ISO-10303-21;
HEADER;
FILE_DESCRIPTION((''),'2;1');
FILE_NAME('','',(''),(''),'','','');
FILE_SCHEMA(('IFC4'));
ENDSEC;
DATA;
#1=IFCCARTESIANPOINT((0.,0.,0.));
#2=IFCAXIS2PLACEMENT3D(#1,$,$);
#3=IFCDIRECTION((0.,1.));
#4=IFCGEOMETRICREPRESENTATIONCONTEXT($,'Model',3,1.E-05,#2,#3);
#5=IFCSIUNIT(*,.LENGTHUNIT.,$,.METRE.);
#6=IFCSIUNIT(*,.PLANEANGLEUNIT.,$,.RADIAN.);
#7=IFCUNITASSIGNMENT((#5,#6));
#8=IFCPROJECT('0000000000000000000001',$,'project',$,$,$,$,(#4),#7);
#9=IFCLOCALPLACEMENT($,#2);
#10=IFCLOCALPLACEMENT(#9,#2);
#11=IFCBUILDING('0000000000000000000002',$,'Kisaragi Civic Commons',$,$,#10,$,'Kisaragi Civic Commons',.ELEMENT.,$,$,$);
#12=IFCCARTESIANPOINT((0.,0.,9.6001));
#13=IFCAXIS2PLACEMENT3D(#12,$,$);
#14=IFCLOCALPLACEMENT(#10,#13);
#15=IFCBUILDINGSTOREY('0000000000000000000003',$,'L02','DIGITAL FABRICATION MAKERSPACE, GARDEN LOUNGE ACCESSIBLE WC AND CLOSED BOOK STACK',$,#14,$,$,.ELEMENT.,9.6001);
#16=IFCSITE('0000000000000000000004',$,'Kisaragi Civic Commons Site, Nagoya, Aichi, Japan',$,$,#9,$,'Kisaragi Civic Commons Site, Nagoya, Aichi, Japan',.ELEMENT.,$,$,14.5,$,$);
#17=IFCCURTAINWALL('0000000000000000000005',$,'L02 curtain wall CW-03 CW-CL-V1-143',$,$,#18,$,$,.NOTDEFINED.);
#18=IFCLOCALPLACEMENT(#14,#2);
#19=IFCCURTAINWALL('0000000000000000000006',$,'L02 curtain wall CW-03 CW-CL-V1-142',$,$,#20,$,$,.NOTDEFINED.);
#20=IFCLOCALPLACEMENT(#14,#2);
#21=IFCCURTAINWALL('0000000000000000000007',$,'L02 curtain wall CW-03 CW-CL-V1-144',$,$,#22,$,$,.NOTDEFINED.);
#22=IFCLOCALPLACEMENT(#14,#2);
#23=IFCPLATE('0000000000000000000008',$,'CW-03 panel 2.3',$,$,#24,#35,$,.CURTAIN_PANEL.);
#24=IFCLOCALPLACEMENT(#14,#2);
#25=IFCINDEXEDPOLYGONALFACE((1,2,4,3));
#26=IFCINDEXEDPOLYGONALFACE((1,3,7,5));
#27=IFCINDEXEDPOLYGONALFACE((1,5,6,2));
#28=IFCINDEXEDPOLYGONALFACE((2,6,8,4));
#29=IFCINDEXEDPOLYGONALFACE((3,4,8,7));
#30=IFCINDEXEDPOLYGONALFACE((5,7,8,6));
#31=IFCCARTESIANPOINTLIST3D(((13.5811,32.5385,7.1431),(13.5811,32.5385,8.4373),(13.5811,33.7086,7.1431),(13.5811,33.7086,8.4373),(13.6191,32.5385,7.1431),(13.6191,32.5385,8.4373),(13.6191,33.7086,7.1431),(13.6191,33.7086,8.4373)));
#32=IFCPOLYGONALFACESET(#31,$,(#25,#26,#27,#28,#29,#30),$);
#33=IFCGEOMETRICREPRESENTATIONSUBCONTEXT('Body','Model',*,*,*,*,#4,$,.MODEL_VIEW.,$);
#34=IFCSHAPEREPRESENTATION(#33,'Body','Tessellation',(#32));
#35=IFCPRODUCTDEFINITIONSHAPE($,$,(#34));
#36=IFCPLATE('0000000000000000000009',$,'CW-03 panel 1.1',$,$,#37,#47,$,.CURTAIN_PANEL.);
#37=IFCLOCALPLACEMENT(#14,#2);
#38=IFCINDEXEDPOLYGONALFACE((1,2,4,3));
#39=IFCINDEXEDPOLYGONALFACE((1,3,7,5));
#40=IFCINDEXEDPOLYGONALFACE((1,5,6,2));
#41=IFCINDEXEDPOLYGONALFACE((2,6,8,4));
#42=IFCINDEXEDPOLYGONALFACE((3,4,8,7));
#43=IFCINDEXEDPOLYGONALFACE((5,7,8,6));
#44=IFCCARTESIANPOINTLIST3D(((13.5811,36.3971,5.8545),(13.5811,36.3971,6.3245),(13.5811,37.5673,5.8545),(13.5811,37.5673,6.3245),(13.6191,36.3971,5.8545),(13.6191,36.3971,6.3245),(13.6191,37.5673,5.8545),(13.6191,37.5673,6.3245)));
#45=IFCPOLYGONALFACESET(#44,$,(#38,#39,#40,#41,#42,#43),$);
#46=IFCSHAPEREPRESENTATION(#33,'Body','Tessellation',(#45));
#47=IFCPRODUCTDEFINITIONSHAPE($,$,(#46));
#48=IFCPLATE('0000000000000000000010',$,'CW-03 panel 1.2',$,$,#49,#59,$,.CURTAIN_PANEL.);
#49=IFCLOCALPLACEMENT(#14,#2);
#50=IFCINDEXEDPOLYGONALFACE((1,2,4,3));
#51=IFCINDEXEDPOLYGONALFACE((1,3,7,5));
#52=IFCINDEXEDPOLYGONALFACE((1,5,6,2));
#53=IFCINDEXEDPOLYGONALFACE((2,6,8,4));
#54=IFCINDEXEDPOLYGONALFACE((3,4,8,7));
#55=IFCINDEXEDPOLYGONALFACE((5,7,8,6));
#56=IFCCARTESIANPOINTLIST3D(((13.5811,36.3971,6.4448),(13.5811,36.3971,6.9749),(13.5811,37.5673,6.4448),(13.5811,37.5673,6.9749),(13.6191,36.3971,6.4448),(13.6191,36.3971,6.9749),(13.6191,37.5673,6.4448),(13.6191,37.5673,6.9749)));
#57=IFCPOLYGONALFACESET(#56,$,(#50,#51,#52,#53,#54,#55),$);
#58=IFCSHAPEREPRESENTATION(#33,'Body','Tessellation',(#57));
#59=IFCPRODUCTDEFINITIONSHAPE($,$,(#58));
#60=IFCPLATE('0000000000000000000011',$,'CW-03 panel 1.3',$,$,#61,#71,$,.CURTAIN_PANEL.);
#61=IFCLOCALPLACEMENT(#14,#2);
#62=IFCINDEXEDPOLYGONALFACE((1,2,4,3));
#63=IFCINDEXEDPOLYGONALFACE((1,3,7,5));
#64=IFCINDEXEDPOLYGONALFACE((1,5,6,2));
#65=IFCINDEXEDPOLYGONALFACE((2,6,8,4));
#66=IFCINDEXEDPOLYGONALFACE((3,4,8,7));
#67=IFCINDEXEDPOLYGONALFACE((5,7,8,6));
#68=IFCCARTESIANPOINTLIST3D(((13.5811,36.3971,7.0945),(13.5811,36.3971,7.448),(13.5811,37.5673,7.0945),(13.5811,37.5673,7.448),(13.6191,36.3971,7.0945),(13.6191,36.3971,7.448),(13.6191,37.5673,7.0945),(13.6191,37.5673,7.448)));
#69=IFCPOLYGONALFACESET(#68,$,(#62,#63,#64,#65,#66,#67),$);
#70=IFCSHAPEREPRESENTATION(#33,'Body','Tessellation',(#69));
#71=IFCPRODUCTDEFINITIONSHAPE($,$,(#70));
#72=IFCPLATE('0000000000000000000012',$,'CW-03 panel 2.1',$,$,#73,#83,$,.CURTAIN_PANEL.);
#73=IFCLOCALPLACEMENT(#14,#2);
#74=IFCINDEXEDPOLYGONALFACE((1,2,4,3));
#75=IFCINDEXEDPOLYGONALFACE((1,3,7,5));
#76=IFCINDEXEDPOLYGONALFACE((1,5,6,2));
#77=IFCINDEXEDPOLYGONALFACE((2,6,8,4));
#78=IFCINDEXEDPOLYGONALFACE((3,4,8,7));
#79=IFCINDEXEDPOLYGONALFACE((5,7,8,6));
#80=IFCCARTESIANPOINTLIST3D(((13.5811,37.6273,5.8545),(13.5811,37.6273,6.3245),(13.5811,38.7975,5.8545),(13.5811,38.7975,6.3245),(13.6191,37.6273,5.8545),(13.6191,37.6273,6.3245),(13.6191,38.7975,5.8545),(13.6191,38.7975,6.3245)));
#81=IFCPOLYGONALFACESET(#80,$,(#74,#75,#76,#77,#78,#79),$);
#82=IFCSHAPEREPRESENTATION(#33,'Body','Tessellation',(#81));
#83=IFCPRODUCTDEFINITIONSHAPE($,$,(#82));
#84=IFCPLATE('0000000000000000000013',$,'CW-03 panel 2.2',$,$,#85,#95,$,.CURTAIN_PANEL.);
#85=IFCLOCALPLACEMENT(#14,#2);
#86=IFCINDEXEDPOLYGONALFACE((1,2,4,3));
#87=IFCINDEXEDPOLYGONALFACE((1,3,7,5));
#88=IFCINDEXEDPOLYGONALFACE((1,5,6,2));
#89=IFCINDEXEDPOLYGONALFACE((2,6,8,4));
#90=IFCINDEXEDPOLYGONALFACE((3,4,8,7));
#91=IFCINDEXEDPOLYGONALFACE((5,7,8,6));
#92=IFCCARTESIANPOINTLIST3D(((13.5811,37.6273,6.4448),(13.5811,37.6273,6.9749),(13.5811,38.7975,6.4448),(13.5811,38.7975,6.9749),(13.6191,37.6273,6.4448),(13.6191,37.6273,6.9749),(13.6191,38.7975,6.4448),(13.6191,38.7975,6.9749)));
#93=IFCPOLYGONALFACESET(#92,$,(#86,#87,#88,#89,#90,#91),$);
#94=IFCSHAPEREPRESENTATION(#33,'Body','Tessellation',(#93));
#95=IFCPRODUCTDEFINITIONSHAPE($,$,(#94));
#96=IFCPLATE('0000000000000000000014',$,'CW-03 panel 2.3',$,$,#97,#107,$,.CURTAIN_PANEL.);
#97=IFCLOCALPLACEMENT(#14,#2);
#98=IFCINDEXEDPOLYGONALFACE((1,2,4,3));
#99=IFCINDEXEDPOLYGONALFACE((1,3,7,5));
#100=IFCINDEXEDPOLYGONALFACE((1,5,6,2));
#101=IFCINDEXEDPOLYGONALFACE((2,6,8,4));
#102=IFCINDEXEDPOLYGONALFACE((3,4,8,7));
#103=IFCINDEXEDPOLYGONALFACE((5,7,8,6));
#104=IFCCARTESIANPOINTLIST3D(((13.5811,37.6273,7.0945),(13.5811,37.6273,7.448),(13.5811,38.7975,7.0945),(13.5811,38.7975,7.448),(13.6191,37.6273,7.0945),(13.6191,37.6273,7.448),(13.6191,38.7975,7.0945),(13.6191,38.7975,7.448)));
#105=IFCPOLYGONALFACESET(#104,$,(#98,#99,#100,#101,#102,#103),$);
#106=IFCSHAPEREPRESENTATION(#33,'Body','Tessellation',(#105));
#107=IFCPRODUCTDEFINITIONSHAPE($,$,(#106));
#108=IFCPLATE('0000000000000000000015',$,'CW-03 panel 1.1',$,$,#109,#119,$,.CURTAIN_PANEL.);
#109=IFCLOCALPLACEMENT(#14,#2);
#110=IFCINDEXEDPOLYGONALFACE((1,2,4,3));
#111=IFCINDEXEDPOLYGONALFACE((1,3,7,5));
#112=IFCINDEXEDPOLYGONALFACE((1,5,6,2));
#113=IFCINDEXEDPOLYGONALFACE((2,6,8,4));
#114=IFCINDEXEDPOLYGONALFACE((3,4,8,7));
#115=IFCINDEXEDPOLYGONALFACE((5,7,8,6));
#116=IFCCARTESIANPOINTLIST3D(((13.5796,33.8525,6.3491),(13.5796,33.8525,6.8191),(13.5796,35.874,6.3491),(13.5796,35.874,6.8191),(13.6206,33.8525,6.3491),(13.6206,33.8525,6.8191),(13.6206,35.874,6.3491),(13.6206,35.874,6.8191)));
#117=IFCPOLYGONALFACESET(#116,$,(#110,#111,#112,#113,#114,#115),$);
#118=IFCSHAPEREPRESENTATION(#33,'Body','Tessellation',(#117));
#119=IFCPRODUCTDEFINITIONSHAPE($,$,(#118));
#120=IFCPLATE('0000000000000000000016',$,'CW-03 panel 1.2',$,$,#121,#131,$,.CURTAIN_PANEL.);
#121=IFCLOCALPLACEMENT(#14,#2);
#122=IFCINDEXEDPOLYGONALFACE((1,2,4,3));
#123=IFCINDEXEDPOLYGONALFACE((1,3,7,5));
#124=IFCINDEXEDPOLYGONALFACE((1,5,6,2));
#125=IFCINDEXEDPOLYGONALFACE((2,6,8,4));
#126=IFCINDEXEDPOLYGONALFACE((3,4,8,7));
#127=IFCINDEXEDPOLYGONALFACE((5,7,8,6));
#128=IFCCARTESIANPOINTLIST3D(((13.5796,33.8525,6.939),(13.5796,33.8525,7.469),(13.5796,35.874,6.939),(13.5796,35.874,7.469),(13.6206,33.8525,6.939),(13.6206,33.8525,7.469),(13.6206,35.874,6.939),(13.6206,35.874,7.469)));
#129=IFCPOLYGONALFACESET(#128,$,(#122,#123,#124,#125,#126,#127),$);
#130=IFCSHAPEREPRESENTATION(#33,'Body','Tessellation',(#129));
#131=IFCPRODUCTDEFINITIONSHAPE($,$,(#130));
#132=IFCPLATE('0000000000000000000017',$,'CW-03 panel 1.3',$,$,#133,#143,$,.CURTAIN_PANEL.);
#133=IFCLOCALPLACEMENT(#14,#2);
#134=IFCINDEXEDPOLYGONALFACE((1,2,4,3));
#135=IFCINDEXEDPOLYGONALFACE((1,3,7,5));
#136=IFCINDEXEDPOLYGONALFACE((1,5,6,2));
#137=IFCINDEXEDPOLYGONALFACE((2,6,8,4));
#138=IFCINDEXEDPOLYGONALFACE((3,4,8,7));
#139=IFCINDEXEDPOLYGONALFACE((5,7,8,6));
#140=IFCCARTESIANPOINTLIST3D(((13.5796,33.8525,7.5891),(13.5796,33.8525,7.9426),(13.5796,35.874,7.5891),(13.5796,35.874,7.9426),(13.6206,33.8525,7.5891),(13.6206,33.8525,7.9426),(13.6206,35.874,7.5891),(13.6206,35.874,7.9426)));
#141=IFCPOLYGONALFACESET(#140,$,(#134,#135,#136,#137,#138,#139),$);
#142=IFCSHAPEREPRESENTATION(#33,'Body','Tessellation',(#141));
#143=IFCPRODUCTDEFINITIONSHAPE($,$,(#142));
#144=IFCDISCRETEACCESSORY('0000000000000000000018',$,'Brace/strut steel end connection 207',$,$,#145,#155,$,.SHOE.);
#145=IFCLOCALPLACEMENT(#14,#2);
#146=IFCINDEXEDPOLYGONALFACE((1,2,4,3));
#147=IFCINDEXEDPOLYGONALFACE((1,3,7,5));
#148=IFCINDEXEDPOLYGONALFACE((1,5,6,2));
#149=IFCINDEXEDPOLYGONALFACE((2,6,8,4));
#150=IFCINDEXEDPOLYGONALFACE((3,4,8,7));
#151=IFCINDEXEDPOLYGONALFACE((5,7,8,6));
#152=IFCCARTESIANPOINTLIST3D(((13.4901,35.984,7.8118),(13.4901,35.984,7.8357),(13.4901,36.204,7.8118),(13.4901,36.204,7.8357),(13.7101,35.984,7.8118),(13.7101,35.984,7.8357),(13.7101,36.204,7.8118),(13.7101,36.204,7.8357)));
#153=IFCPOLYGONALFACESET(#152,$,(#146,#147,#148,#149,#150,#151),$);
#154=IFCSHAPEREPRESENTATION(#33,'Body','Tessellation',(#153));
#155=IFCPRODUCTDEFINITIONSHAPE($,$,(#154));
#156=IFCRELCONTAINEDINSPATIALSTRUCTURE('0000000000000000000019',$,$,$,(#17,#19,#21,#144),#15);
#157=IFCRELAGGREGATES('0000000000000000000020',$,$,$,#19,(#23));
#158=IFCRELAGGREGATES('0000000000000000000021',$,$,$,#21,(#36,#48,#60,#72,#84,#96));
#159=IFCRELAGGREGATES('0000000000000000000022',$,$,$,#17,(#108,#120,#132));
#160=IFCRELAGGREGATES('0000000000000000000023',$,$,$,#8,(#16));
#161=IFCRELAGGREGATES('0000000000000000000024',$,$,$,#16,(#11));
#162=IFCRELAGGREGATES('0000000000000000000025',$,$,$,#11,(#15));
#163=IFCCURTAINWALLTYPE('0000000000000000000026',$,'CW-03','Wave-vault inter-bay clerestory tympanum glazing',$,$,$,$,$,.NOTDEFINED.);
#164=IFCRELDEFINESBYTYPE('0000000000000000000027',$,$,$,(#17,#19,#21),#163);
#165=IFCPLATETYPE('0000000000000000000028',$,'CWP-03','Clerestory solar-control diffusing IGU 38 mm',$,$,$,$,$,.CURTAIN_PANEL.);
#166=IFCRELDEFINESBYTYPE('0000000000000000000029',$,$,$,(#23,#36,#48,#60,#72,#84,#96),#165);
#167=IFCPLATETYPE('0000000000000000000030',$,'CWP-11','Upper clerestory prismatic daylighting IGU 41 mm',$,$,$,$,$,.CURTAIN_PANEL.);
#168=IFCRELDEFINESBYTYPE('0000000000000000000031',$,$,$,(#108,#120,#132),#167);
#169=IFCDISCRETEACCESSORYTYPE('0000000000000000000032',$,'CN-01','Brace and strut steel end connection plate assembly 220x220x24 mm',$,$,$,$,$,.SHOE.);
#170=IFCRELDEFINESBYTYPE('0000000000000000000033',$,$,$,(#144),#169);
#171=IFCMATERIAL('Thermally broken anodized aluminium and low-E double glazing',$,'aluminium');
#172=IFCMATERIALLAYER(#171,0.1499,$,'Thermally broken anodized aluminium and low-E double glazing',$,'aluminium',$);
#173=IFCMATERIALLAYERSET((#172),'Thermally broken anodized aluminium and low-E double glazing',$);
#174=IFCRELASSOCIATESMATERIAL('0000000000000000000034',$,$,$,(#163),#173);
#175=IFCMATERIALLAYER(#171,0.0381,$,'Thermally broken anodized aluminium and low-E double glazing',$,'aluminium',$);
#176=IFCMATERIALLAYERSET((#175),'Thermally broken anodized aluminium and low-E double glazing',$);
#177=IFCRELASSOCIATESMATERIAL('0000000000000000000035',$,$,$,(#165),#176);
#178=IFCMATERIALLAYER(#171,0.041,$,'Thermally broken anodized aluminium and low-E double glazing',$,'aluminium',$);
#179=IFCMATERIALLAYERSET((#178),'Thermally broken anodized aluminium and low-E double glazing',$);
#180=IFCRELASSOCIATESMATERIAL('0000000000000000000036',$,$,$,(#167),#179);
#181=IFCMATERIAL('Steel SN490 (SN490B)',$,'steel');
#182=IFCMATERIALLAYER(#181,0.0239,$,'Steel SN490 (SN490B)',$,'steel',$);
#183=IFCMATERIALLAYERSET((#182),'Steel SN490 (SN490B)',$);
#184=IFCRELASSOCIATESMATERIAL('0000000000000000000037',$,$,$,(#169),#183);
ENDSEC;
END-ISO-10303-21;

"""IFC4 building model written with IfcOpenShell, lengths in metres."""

from ifc_helpers import new_model, si_unit, direction, frame, origin, origin_2d, place, context, subcontext, project, spatial, rectangle, extrude, material, layer, layer_set, type_object, element, aggregate, save


model = new_model("IFC4")

# Units and contexts
model_context = context("Model", 3, precision=1e-05, world=origin(), true_north=direction((0.0, 1.0)))
body_context = subcontext(model_context, "Body", "Model", "MODEL_VIEW")
ifc_project = project(units=[si_unit("LENGTHUNIT", "METRE"), si_unit("PLANEANGLEUNIT", "RADIAN")], contexts=[model_context])

# Site, building, storey
site_placement = place(None, origin())
site = spatial("IfcSite", under=ifc_project, at=site_placement, Name="Kisaragi Civic Commons Site, Nagoya, Aichi, Japan", LongName="Kisaragi Civic Commons Site, Nagoya, Aichi, Japan", CompositionType="ELEMENT", RefElevation=14.5)
building_placement = place(site_placement, origin())
building = spatial("IfcBuilding", under=site, at=building_placement, Name="Kisaragi Civic Commons", LongName="Kisaragi Civic Commons", CompositionType="ELEMENT")
storey_placement = place(building_placement, frame((0.0, 0.0, 9.6001)))
storey = spatial("IfcBuildingStorey", under=building, at=storey_placement, Name="L02", Description="DIGITAL FABRICATION MAKERSPACE, GARDEN LOUNGE ACCESSIBLE WC AND CLOSED BOOK STACK", CompositionType="ELEMENT", Elevation=9.6001)

# Curtain walls
ifc_material_1 = material(Name="Thermally broken anodized aluminium and low-E double glazing", Category="aluminium")
ifc_layer_1 = layer(ifc_material_1, 0.1499, Name="Thermally broken anodized aluminium and low-E double glazing", Category="aluminium")
ifc_layer_set_1 = layer_set([ifc_layer_1], Name="Thermally broken anodized aluminium and low-E double glazing")
curtain_wall_type = type_object("IfcCurtainWallType", Name="CW-03", Description="Wave-vault inter-bay clerestory tympanum glazing", PredefinedType="NOTDEFINED", material=ifc_layer_set_1)
curtain_wall_1_placement = place(storey_placement, origin())
curtain_wall_1 = element("IfcCurtainWall", 1, at=curtain_wall_1_placement, inside=storey, type_object=curtain_wall_type, Name="L02 curtain wall CW-03 CW-CL-V1-143", PredefinedType="NOTDEFINED")
curtain_wall_2_placement = place(storey_placement, origin())
curtain_wall_2 = element("IfcCurtainWall", 2, at=curtain_wall_2_placement, inside=storey, type_object=curtain_wall_type, Name="L02 curtain wall CW-03 CW-CL-V1-142", PredefinedType="NOTDEFINED")

# Curtain wall
curtain_wall_3_placement = place(storey_placement, origin())
curtain_wall_3 = element("IfcCurtainWall", 3, at=curtain_wall_3_placement, inside=storey, type_object=curtain_wall_type, Name="L02 curtain wall CW-03 CW-CL-V1-144", PredefinedType="NOTDEFINED")

# Plates
ifc_layer_2 = layer(ifc_material_1, 0.0381, Name="Thermally broken anodized aluminium and low-E double glazing", Category="aluminium")
ifc_layer_set_2 = layer_set([ifc_layer_2], Name="Thermally broken anodized aluminium and low-E double glazing")
plate_type_1 = type_object("IfcPlateType", Name="CWP-03", Description="Clerestory solar-control diffusing IGU 38 mm", PredefinedType="CURTAIN_PANEL", material=ifc_layer_set_2)
plate_1_placement = place(storey_placement, frame((13.6001, 33.1235, 7.1431), z_axis=(0.0, 0.0, 1.0), x_axis=(0.0, 1.0, 0.0)))
plate_1 = element("IfcPlate", 4, at=plate_1_placement, type_object=plate_type_1, Name="CW-03 panel 2.3", PredefinedType="CURTAIN_PANEL", context=body_context, shape_type="SweptSolid", body=[
    extrude(rectangle(XDim=1.1702, YDim=0.0381, at=origin_2d()), origin(), (0.0, 0.0, 1.0), 1.2942),
])
aggregate(curtain_wall_2, [plate_1])
plate_2_placement = place(storey_placement, frame((13.6001, 36.9822, 5.8545), z_axis=(0.0, 0.0, 1.0), x_axis=(0.0, 1.0, 0.0)))
plate_2 = element("IfcPlate", 5, at=plate_2_placement, type_object=plate_type_1, Name="CW-03 panel 1.1", PredefinedType="CURTAIN_PANEL", context=body_context, shape_type="SweptSolid", body=[
    extrude(rectangle(XDim=1.1702, YDim=0.0381, at=origin_2d()), origin(), (0.0, 0.0, 1.0), 0.47),
])
plate_3_placement = place(storey_placement, frame((13.6001, 36.9822, 6.4448), z_axis=(0.0, 0.0, 1.0), x_axis=(0.0, 1.0, 0.0)))
plate_3 = element("IfcPlate", 6, at=plate_3_placement, type_object=plate_type_1, Name="CW-03 panel 1.2", PredefinedType="CURTAIN_PANEL", context=body_context, shape_type="SweptSolid", body=[
    extrude(rectangle(XDim=1.1702, YDim=0.0381, at=origin_2d()), origin(), (0.0, 0.0, 1.0), 0.53),
])
plate_4_placement = place(storey_placement, frame((13.6001, 36.9822, 7.0945), z_axis=(0.0, 0.0, 1.0), x_axis=(0.0, 1.0, 0.0)))
plate_4 = element("IfcPlate", 7, at=plate_4_placement, type_object=plate_type_1, Name="CW-03 panel 1.3", PredefinedType="CURTAIN_PANEL", context=body_context, shape_type="SweptSolid", body=[
    extrude(rectangle(XDim=1.1702, YDim=0.0381, at=origin_2d()), origin(), (0.0, 0.0, 1.0), 0.3535),
])
plate_5_placement = place(storey_placement, frame((13.6001, 38.2124, 5.8545), z_axis=(0.0, 0.0, 1.0), x_axis=(0.0, 1.0, 0.0)))
plate_5 = element("IfcPlate", 8, at=plate_5_placement, type_object=plate_type_1, Name="CW-03 panel 2.1", PredefinedType="CURTAIN_PANEL", context=body_context, shape_type="SweptSolid", body=[
    extrude(rectangle(XDim=1.1702, YDim=0.0381, at=origin_2d()), origin(), (0.0, 0.0, 1.0), 0.47),
])
plate_6_placement = place(storey_placement, frame((13.6001, 38.2124, 6.4448), z_axis=(0.0, 0.0, 1.0), x_axis=(0.0, 1.0, 0.0)))
plate_6 = element("IfcPlate", 9, at=plate_6_placement, type_object=plate_type_1, Name="CW-03 panel 2.2", PredefinedType="CURTAIN_PANEL", context=body_context, shape_type="SweptSolid", body=[
    extrude(rectangle(XDim=1.1702, YDim=0.0381, at=origin_2d()), origin(), (0.0, 0.0, 1.0), 0.53),
])
plate_7_placement = place(storey_placement, frame((13.6001, 38.2124, 7.0945), z_axis=(0.0, 0.0, 1.0), x_axis=(0.0, 1.0, 0.0)))
plate_7 = element("IfcPlate", 10, at=plate_7_placement, type_object=plate_type_1, Name="CW-03 panel 2.3", PredefinedType="CURTAIN_PANEL", context=body_context, shape_type="SweptSolid", body=[
    extrude(rectangle(XDim=1.1702, YDim=0.0381, at=origin_2d()), origin(), (0.0, 0.0, 1.0), 0.3535),
])
aggregate(curtain_wall_3, [plate_2, plate_3, plate_4, plate_5, plate_6, plate_7])
ifc_layer_3 = layer(ifc_material_1, 0.041, Name="Thermally broken anodized aluminium and low-E double glazing", Category="aluminium")
ifc_layer_set_3 = layer_set([ifc_layer_3], Name="Thermally broken anodized aluminium and low-E double glazing")
plate_type_2 = type_object("IfcPlateType", Name="CWP-11", Description="Upper clerestory prismatic daylighting IGU 41 mm", PredefinedType="CURTAIN_PANEL", material=ifc_layer_set_3)
plate_8_placement = place(storey_placement, frame((13.6001, 34.8633, 6.3491), z_axis=(0.0, 0.0, 1.0), x_axis=(0.0, 1.0, 0.0)))
plate_8 = element("IfcPlate", 11, at=plate_8_placement, type_object=plate_type_2, Name="CW-03 panel 1.1", PredefinedType="CURTAIN_PANEL", context=body_context, shape_type="SweptSolid", body=[
    extrude(rectangle(XDim=2.0215, YDim=0.041, at=origin_2d()), origin(), (0.0, 0.0, 1.0), 0.47),
])
plate_9_placement = place(storey_placement, frame((13.6001, 34.8633, 6.939), z_axis=(0.0, 0.0, 1.0), x_axis=(0.0, 1.0, 0.0)))
plate_9 = element("IfcPlate", 12, at=plate_9_placement, type_object=plate_type_2, Name="CW-03 panel 1.2", PredefinedType="CURTAIN_PANEL", context=body_context, shape_type="SweptSolid", body=[
    extrude(rectangle(XDim=2.0215, YDim=0.041, at=origin_2d()), origin(), (0.0, 0.0, 1.0), 0.53),
])
plate_10_placement = place(storey_placement, frame((13.6001, 34.8633, 7.5891), z_axis=(0.0, 0.0, 1.0), x_axis=(0.0, 1.0, 0.0)))
plate_10 = element("IfcPlate", 13, at=plate_10_placement, type_object=plate_type_2, Name="CW-03 panel 1.3", PredefinedType="CURTAIN_PANEL", context=body_context, shape_type="SweptSolid", body=[
    extrude(rectangle(XDim=2.0215, YDim=0.041, at=origin_2d()), origin(), (0.0, 0.0, 1.0), 0.3535),
])
aggregate(curtain_wall_1, [plate_8, plate_9, plate_10])

# Discrete accessory
ifc_material_2 = material(Name="Steel SN490 (SN490B)", Category="steel")
ifc_layer_4 = layer(ifc_material_2, 0.0239, Name="Steel SN490 (SN490B)", Category="steel")
ifc_layer_set_4 = layer_set([ifc_layer_4], Name="Steel SN490 (SN490B)")
discrete_accessory_type = type_object("IfcDiscreteAccessoryType", Name="CN-01", Description="Brace and strut steel end connection plate assembly 220x220x24 mm", PredefinedType="SHOE", material=ifc_layer_set_4)
discrete_accessory_placement = place(storey_placement, frame((13.6001, 36.094, 7.8118), z_axis=(0.0, 0.0, 1.0), x_axis=(1.0, 0.0, 0.0)))
element("IfcDiscreteAccessory", 14, at=discrete_accessory_placement, inside=storey, type_object=discrete_accessory_type, Name="Brace/strut steel end connection 207", PredefinedType="SHOE", context=body_context, shape_type="SweptSolid", body=[
    extrude(rectangle(XDim=0.22, YDim=0.22, at=origin_2d()), origin(), (0.0, 0.0, 1.0), 0.0239),
])

save(model, "model.ifc")
